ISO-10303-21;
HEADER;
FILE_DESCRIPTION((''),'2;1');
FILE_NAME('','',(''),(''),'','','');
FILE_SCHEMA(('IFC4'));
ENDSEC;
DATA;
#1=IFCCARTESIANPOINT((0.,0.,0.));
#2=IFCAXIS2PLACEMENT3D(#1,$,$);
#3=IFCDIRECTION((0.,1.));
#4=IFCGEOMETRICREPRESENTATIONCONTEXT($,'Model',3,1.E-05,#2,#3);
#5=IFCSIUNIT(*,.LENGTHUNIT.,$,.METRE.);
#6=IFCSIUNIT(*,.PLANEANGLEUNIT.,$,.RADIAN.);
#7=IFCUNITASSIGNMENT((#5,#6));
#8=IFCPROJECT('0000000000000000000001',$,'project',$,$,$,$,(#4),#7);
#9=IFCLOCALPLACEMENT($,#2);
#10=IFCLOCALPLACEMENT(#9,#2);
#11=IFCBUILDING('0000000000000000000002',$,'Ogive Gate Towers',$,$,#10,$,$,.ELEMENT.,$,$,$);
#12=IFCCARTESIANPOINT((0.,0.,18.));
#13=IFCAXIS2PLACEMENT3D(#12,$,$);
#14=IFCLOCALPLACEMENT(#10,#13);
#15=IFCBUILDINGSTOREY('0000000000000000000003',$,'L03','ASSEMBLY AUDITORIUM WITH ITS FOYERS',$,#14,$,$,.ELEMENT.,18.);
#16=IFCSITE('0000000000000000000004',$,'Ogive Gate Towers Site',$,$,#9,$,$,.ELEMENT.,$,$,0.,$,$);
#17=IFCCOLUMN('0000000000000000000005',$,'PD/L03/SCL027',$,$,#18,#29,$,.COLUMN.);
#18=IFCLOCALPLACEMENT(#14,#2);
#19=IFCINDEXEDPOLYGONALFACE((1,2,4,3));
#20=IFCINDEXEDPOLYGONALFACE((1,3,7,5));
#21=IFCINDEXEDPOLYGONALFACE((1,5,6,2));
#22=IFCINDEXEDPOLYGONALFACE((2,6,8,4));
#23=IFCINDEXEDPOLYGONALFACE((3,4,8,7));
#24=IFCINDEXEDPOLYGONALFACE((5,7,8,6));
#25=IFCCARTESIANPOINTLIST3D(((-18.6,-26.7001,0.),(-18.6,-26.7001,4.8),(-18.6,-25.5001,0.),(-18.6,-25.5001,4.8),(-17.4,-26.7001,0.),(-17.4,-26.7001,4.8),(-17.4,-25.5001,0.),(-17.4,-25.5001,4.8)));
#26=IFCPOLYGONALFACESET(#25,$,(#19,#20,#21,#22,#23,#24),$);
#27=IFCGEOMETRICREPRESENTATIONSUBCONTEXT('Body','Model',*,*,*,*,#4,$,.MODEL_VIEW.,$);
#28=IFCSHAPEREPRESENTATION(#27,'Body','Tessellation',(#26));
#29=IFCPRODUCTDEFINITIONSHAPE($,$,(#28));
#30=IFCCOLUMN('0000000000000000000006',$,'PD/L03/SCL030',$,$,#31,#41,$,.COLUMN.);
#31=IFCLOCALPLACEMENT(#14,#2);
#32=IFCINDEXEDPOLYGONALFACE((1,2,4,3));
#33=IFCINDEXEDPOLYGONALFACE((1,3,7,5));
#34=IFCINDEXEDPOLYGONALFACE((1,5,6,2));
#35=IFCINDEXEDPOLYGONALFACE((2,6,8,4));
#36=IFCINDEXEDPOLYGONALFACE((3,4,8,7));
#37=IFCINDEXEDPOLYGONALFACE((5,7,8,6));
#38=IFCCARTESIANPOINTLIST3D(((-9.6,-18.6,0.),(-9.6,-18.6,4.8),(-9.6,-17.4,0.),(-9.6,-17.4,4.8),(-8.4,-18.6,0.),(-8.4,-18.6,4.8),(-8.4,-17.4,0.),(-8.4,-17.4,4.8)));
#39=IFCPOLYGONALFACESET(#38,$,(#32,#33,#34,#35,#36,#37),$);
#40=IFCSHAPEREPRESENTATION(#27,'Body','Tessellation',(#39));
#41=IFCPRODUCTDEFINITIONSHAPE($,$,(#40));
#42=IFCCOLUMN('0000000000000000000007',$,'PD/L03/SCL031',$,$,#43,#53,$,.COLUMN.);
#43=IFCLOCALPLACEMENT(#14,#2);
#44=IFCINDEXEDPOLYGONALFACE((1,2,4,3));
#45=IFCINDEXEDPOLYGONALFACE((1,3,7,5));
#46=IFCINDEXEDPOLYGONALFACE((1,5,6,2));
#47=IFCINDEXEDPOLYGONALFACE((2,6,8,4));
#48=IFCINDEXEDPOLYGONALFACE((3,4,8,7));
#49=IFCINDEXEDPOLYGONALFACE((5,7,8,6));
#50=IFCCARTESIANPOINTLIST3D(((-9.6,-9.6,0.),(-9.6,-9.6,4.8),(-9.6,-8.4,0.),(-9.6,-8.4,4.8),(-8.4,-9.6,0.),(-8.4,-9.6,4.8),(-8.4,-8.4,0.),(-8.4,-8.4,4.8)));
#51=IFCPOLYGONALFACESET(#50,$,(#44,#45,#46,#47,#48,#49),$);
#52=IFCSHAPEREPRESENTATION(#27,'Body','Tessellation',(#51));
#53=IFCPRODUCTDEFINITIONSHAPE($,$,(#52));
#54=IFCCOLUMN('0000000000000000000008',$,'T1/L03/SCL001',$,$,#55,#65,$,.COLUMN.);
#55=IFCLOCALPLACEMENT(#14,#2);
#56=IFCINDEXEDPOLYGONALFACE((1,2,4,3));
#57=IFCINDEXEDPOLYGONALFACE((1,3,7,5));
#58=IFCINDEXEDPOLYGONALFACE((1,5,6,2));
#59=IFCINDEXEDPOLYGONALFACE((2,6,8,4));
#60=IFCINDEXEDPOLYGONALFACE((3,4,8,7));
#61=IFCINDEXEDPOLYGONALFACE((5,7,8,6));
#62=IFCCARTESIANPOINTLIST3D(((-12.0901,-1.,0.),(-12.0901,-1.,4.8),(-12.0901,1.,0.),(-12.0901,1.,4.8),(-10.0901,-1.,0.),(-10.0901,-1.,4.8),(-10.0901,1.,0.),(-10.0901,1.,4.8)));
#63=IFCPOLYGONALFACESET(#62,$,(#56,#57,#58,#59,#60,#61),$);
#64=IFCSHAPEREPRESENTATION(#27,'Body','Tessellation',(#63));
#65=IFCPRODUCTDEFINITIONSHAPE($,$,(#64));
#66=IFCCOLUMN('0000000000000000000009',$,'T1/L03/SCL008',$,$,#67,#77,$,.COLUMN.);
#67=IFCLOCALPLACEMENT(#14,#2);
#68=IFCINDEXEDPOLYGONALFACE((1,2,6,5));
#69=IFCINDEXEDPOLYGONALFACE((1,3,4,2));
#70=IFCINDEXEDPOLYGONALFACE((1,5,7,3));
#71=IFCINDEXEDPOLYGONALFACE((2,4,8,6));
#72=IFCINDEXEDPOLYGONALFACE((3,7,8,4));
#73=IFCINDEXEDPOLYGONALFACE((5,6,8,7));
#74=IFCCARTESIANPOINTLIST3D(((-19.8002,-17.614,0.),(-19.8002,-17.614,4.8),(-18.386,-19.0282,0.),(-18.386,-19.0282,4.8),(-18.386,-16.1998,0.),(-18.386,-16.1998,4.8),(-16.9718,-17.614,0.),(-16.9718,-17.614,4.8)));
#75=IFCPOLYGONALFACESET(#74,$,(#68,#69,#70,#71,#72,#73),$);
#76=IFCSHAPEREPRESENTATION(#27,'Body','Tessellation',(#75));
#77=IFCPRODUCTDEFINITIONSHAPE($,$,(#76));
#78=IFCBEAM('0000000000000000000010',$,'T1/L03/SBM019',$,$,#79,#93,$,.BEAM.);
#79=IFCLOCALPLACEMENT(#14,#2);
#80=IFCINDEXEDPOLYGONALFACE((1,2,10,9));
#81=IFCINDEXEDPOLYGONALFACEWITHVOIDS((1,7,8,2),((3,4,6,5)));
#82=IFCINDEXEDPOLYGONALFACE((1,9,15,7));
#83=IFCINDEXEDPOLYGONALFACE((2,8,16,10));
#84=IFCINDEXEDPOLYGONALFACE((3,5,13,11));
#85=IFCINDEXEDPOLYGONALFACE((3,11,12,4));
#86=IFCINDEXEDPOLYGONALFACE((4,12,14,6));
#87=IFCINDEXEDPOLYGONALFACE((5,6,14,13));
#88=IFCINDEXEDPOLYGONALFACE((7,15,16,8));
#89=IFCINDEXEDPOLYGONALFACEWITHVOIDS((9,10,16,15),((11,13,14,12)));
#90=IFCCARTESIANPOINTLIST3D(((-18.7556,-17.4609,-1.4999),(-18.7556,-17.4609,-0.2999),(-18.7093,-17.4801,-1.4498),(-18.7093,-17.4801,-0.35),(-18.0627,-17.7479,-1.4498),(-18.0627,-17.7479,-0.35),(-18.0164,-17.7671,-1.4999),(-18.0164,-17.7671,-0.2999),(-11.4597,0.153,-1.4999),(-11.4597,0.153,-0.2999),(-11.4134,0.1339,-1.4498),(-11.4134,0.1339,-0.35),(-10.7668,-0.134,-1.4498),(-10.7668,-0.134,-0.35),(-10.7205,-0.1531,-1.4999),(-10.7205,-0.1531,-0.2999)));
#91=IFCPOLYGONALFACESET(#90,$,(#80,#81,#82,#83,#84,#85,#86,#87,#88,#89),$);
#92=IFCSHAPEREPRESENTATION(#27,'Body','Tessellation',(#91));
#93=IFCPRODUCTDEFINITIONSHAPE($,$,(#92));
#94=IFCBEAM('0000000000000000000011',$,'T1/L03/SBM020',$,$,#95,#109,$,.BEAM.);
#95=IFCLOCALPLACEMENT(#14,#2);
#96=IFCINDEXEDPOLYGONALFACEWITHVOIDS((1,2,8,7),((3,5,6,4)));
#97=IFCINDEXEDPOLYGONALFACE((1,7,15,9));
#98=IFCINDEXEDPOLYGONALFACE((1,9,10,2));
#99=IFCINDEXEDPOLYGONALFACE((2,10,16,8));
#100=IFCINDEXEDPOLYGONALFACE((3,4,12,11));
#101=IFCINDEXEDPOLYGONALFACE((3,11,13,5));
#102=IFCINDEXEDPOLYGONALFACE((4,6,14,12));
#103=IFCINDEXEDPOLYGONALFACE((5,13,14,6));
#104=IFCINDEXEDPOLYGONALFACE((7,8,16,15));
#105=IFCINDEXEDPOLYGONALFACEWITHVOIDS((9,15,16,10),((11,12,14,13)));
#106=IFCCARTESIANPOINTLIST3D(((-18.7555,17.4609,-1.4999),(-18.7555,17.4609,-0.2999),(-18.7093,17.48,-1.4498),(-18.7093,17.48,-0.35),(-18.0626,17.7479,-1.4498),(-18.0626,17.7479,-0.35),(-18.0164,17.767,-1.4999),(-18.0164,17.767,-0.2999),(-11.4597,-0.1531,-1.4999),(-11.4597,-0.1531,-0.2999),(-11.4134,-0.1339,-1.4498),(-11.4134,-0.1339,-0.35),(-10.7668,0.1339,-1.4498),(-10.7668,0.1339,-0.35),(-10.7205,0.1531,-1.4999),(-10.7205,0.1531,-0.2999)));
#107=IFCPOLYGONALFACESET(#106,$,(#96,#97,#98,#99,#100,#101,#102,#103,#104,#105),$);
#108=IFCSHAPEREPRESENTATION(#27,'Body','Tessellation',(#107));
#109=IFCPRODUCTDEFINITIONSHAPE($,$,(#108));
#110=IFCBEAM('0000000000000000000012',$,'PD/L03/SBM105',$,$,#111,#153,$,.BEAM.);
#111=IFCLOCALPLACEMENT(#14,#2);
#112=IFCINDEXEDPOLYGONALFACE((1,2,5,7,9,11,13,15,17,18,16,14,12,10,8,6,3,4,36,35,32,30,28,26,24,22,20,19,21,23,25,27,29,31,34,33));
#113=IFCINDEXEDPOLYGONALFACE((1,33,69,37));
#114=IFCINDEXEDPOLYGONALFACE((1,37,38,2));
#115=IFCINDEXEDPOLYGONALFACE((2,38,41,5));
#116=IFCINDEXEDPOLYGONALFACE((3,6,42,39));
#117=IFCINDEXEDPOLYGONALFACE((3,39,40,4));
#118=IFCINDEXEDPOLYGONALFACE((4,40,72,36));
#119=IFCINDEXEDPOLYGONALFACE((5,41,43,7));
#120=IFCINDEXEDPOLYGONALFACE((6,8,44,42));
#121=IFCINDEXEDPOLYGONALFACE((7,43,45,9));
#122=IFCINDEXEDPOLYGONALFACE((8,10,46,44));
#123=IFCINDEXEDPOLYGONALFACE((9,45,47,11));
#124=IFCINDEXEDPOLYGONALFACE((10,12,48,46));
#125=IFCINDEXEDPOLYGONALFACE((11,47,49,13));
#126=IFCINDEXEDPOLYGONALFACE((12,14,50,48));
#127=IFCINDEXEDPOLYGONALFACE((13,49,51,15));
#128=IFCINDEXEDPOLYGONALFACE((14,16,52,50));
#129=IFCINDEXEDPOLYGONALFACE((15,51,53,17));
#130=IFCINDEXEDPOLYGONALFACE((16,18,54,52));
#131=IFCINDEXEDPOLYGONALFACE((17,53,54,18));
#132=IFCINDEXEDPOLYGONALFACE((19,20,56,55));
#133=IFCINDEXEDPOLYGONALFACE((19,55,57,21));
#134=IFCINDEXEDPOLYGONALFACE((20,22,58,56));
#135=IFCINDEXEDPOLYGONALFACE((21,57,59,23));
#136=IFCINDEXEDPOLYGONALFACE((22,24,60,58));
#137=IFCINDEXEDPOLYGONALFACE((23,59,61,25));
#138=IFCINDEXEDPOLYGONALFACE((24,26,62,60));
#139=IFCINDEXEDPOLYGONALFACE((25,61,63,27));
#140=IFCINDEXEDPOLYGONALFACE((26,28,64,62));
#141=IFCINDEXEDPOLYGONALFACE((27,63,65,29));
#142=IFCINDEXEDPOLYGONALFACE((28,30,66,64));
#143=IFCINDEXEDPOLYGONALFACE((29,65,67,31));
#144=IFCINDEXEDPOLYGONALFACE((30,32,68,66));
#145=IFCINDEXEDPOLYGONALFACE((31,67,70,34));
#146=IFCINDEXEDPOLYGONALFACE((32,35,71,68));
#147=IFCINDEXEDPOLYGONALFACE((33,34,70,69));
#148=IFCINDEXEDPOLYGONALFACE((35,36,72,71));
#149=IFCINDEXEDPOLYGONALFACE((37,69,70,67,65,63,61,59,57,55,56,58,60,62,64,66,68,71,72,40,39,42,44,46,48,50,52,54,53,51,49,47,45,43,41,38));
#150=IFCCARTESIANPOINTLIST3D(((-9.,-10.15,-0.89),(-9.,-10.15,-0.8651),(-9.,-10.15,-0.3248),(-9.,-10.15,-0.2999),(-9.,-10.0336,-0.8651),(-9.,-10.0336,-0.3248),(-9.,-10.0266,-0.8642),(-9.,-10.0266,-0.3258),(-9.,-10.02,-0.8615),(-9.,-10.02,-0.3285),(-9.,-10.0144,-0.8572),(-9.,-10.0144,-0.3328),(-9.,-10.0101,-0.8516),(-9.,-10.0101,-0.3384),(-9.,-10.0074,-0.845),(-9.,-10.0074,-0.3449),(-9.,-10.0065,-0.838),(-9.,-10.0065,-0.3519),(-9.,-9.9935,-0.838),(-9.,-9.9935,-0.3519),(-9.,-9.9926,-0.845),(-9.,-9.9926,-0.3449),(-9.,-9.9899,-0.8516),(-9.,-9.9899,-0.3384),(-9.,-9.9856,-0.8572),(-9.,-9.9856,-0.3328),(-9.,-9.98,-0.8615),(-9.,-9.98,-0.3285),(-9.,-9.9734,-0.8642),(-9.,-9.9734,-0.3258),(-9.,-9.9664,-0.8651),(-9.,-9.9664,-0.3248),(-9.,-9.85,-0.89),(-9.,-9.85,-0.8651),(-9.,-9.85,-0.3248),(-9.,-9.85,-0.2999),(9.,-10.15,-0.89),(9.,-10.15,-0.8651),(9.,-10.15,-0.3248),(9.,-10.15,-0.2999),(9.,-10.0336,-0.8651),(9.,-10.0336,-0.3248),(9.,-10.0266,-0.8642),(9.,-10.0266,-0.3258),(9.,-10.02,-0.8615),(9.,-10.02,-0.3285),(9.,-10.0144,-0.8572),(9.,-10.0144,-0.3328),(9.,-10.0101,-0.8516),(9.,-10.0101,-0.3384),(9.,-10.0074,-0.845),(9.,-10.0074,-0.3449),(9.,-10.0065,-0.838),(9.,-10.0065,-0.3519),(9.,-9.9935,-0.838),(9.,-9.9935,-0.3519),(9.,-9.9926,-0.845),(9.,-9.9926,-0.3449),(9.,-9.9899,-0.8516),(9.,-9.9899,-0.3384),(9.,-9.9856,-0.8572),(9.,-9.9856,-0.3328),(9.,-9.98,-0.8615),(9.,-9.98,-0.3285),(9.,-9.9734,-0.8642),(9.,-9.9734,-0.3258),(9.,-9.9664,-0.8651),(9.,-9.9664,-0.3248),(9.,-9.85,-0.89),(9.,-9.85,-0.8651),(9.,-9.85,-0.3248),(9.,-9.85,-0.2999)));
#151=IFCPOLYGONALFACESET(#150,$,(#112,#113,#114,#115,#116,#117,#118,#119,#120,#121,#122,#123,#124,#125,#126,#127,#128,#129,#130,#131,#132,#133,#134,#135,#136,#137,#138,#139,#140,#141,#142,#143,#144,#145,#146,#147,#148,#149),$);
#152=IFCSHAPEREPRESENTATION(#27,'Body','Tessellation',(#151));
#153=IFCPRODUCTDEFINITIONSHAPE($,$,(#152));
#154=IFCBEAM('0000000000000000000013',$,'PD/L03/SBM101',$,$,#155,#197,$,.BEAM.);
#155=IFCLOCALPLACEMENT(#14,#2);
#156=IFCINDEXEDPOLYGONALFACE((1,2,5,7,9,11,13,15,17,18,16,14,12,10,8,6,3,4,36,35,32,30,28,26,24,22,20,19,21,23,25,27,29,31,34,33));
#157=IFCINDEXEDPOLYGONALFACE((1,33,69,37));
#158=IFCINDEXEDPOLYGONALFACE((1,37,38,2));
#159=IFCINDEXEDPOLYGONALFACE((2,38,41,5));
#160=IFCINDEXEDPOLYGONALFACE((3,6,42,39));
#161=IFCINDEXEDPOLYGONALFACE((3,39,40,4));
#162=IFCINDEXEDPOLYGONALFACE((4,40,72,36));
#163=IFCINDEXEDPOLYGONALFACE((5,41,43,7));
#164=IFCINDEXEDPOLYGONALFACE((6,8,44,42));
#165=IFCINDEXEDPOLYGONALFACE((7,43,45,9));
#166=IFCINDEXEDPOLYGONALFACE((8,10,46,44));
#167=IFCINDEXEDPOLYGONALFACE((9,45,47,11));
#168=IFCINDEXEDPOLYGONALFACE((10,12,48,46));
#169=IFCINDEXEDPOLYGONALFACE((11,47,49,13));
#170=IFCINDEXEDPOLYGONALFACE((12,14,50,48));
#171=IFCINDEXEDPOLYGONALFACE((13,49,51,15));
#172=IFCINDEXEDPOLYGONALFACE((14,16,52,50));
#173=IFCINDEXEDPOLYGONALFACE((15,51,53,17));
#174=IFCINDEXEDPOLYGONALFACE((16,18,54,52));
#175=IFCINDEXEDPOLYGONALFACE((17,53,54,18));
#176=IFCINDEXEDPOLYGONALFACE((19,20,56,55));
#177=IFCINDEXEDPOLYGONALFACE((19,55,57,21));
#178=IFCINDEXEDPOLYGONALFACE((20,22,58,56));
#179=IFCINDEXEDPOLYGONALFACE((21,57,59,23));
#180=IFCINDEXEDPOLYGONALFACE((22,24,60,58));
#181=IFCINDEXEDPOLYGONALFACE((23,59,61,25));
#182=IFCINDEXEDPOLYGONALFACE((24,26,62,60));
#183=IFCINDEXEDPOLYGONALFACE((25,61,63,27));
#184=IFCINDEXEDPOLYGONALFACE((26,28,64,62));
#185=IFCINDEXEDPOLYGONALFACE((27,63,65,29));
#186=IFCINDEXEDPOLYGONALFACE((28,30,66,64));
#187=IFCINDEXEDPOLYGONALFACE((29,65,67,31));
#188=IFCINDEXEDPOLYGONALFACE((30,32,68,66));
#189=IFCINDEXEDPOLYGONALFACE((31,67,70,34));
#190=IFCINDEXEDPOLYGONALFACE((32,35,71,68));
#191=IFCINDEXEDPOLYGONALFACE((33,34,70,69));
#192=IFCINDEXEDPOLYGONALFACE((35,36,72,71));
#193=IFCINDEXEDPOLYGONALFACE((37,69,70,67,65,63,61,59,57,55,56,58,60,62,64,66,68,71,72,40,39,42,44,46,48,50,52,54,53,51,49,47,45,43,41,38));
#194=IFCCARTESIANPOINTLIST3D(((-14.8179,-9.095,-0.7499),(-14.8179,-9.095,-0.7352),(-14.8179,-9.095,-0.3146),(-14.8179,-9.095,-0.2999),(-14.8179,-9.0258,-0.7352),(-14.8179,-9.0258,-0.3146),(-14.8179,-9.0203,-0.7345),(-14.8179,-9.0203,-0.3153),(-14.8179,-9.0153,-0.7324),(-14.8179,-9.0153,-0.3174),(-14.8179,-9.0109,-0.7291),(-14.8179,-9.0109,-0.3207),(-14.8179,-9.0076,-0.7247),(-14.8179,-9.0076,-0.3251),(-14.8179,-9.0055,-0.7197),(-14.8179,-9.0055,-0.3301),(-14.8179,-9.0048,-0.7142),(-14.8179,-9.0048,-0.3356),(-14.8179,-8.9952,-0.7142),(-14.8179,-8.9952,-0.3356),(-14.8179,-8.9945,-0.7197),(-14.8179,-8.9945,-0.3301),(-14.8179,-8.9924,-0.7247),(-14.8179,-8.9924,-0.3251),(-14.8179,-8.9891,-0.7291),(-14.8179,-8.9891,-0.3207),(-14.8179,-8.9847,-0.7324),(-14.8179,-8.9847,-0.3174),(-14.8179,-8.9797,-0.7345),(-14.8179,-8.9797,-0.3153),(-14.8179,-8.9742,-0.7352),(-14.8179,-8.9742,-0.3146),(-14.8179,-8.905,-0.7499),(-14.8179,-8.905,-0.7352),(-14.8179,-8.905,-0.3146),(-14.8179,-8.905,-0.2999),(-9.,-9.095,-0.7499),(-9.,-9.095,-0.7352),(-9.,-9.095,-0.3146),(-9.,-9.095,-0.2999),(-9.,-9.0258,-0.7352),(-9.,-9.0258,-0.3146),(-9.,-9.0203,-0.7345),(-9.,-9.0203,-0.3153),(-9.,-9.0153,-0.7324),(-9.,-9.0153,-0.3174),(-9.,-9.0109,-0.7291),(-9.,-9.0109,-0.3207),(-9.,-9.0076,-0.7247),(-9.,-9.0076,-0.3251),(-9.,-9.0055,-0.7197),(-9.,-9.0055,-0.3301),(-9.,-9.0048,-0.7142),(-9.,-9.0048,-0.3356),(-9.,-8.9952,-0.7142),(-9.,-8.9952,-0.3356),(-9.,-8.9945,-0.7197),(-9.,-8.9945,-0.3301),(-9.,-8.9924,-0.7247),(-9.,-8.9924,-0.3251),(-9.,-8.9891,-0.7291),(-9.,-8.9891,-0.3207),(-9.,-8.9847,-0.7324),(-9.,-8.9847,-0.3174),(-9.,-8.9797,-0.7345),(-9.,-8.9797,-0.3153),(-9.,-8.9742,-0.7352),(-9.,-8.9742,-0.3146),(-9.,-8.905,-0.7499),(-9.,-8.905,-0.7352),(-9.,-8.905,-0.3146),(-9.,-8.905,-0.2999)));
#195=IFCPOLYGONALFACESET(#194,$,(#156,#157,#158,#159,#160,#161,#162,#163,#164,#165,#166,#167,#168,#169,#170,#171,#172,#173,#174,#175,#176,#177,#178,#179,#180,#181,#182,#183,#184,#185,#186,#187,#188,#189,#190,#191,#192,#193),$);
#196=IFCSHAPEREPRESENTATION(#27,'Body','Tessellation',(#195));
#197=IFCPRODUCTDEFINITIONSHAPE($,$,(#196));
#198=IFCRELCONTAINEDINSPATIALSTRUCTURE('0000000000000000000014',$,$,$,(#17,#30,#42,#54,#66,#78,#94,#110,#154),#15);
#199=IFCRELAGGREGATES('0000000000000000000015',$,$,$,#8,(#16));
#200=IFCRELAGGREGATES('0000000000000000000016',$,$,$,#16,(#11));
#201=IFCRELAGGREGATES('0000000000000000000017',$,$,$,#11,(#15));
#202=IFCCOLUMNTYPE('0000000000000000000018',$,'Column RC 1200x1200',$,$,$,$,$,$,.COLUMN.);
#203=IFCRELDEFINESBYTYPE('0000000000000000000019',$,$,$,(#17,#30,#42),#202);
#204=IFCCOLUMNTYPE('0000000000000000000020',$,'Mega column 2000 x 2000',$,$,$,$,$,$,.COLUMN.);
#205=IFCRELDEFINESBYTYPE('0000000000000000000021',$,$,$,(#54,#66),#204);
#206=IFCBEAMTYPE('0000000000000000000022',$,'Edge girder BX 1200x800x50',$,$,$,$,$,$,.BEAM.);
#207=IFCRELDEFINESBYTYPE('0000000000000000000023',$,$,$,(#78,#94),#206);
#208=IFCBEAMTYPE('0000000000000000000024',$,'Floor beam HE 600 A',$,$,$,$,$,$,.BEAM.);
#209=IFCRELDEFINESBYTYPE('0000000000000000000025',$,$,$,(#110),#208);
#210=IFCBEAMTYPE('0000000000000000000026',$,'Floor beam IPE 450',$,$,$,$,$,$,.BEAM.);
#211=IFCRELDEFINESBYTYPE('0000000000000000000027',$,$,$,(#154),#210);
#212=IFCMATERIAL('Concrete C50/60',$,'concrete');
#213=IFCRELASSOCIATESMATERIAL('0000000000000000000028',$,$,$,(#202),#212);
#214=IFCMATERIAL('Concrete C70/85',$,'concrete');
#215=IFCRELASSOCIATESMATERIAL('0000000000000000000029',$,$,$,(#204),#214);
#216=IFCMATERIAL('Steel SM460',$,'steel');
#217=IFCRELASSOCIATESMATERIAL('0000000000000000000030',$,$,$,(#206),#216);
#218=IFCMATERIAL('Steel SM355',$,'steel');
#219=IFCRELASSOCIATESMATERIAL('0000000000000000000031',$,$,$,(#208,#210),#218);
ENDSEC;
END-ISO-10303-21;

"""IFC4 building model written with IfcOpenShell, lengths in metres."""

from ifc_helpers import new_model, si_unit, direction, frame, origin, origin_2d, place, context, subcontext, project, spatial, rectangle, hollow_rectangle, i_section, extrude, material, material_profile, profile_set, type_object, element, save


model = new_model("IFC4")

# Units and contexts
model_context = context("Model", 3, precision=1e-05, world=origin(), true_north=direction((0.0, 1.0)))
body_context = subcontext(model_context, "Body", "Model", "MODEL_VIEW")
ifc_project = project(units=[si_unit("LENGTHUNIT", "METRE"), si_unit("PLANEANGLEUNIT", "RADIAN")], contexts=[model_context])

# Site, building, storey
site_placement = place(None, origin())
site = spatial("IfcSite", under=ifc_project, at=site_placement, Name="Ogive Gate Towers Site", CompositionType="ELEMENT", RefElevation=0.0)
building_placement = place(site_placement, origin())
building = spatial("IfcBuilding", under=site, at=building_placement, Name="Ogive Gate Towers", CompositionType="ELEMENT")
storey_placement = place(building_placement, frame((0.0, 0.0, 18.0)))
storey = spatial("IfcBuildingStorey", under=building, at=storey_placement, Name="L03", Description="ASSEMBLY AUDITORIUM WITH ITS FOYERS", CompositionType="ELEMENT", Elevation=18.0)

# Columns
ifc_material_1 = material(Name="Concrete C50/60", Category="concrete")
ifc_material_profile_1 = material_profile(ifc_material_1, rectangle(XDim=1.2, YDim=1.2, at=origin_2d()), Name="RC 1200x1200")
ifc_profile_set_1 = profile_set([ifc_material_profile_1], Name="Concrete C50/60")
column_type_1 = type_object("IfcColumnType", Name="Column RC 1200x1200", PredefinedType="COLUMN", material=ifc_profile_set_1)
for number, where, z_axis, x_axis, name in (
    (1, (-18.0, -26.1001, 0.0), (0.0, 0.0, 1.0), (1.0, 0.0, 0.0), "PD/L03/SCL027"),
    (2, (-9.0, -18.0, 0.0), (0.0, 0.0, 1.0), (1.0, 0.0, 0.0), "PD/L03/SCL030"),
    (3, (-9.0, -9.0, 0.0), (0.0, 0.0, 1.0), (1.0, 0.0, 0.0), "PD/L03/SCL031"),
):
    element("IfcColumn", number, at=place(storey_placement, frame(where, z_axis=z_axis, x_axis=x_axis)), inside=storey, type_object=column_type_1, Name=name, PredefinedType="COLUMN", context=body_context, shape_type="SweptSolid", body=[
        extrude(rectangle(XDim=1.2, YDim=1.2, at=origin_2d()), origin(), (0.0, 0.0, 1.0), 4.8),
    ])
ifc_material_2 = material(Name="Concrete C70/85", Category="concrete")
ifc_material_profile_2 = material_profile(ifc_material_2, rectangle(XDim=2.0, YDim=2.0, at=origin_2d()), Name="RC 2000x2000")
ifc_profile_set_2 = profile_set([ifc_material_profile_2], Name="Concrete C70/85")
column_type_2 = type_object("IfcColumnType", Name="Mega column 2000 x 2000", PredefinedType="COLUMN", material=ifc_profile_set_2)
for number, where, z_axis, x_axis, name in (
    (4, (-11.0901, 0.0, 0.0), (0.0, 0.0, 1.0), (1.0, 0.0, 0.0), "T1/L03/SCL001"),
    (5, (-18.386, -17.614, 0.0), (0.0, 0.0, 1.0), (0.707107, -0.707107, 0.0), "T1/L03/SCL008"),
):
    element("IfcColumn", number, at=place(storey_placement, frame(where, z_axis=z_axis, x_axis=x_axis)), inside=storey, type_object=column_type_2, Name=name, PredefinedType="COLUMN", context=body_context, shape_type="SweptSolid", body=[
        extrude(rectangle(XDim=2.0, YDim=2.0, at=origin_2d()), origin(), (0.0, 0.0, 1.0), 4.8),
    ])

# Beams
ifc_material_3 = material(Name="Steel SM460", Category="steel")
ifc_material_profile_3 = material_profile(ifc_material_3, hollow_rectangle(XDim=0.8, YDim=1.2, WallThickness=0.05, at=origin_2d()), Name="BX 1200x800x50")
ifc_profile_set_3 = profile_set([ifc_material_profile_3], Name="Steel SM460")
beam_type_1 = type_object("IfcBeamType", Name="Edge girder BX 1200x800x50", PredefinedType="BEAM", material=ifc_profile_set_3)
for number, where, z_axis, x_axis, name in (
    (6, (-18.386, -17.614, -0.8999), (0.382681, 0.923881, 0.0), (-0.923881, 0.382681, 0.0), "T1/L03/SBM019"),
    (7, (-11.0901, 0.0, -0.8999), (-0.382681, 0.923881, 0.0), (-0.923881, -0.382681, 0.0), "T1/L03/SBM020"),
):
    element("IfcBeam", number, at=place(storey_placement, frame(where, z_axis=z_axis, x_axis=x_axis)), inside=storey, type_object=beam_type_1, Name=name, PredefinedType="BEAM", context=body_context, shape_type="SweptSolid", body=[
        extrude(hollow_rectangle(XDim=0.8, YDim=1.2, WallThickness=0.05, at=origin_2d()), origin(), (0.0, 0.0, 1.0), 19.0652),
    ])
ifc_material_4 = material(Name="Steel SM355", Category="steel")
ifc_material_profile_4 = material_profile(ifc_material_4, i_section(OverallWidth=0.3, OverallDepth=0.5901, WebThickness=0.0129, FlangeThickness=0.0249, FilletRadius=0.0271, at=origin_2d()), Name="HE 600 A")
ifc_profile_set_4 = profile_set([ifc_material_profile_4], Name="Steel SM355")
beam_type_2 = type_object("IfcBeamType", Name="Floor beam HE 600 A", PredefinedType="BEAM", material=ifc_profile_set_4)
beam_1_placement = place(storey_placement, frame((-9.0, -10.0, -0.595), z_axis=(1.0, 0.0, 0.0), x_axis=(0.0, 1.0, 0.0)))
element("IfcBeam", 8, at=beam_1_placement, inside=storey, type_object=beam_type_2, Name="PD/L03/SBM105", PredefinedType="BEAM", context=body_context, shape_type="SweptSolid", body=[
    extrude(i_section(OverallWidth=0.3, OverallDepth=0.5901, WebThickness=0.0129, FlangeThickness=0.0249, FilletRadius=0.0271, at=origin_2d()), origin(), (0.0, 0.0, 1.0), 18.0),
])
ifc_material_profile_5 = material_profile(ifc_material_4, i_section(OverallWidth=0.1899, OverallDepth=0.45, WebThickness=0.0095, FlangeThickness=0.0146, FilletRadius=0.021, at=origin_2d()), Name="IPE 450")
ifc_profile_set_5 = profile_set([ifc_material_profile_5], Name="Steel SM355")
beam_type_3 = type_object("IfcBeamType", Name="Floor beam IPE 450", PredefinedType="BEAM", material=ifc_profile_set_5)
beam_2_placement = place(storey_placement, frame((-9.0, -9.0, -0.5249), z_axis=(-1.0, 0.0, 0.0), x_axis=(0.0, -1.0, 0.0)))
element("IfcBeam", 9, at=beam_2_placement, inside=storey, type_object=beam_type_3, Name="PD/L03/SBM101", PredefinedType="BEAM", context=body_context, shape_type="SweptSolid", body=[
    extrude(i_section(OverallWidth=0.1899, OverallDepth=0.45, WebThickness=0.0095, FlangeThickness=0.0146, FilletRadius=0.021, at=origin_2d()), origin(), (0.0, 0.0, 1.0), 5.8179),
])

save(model, "model.ifc")
